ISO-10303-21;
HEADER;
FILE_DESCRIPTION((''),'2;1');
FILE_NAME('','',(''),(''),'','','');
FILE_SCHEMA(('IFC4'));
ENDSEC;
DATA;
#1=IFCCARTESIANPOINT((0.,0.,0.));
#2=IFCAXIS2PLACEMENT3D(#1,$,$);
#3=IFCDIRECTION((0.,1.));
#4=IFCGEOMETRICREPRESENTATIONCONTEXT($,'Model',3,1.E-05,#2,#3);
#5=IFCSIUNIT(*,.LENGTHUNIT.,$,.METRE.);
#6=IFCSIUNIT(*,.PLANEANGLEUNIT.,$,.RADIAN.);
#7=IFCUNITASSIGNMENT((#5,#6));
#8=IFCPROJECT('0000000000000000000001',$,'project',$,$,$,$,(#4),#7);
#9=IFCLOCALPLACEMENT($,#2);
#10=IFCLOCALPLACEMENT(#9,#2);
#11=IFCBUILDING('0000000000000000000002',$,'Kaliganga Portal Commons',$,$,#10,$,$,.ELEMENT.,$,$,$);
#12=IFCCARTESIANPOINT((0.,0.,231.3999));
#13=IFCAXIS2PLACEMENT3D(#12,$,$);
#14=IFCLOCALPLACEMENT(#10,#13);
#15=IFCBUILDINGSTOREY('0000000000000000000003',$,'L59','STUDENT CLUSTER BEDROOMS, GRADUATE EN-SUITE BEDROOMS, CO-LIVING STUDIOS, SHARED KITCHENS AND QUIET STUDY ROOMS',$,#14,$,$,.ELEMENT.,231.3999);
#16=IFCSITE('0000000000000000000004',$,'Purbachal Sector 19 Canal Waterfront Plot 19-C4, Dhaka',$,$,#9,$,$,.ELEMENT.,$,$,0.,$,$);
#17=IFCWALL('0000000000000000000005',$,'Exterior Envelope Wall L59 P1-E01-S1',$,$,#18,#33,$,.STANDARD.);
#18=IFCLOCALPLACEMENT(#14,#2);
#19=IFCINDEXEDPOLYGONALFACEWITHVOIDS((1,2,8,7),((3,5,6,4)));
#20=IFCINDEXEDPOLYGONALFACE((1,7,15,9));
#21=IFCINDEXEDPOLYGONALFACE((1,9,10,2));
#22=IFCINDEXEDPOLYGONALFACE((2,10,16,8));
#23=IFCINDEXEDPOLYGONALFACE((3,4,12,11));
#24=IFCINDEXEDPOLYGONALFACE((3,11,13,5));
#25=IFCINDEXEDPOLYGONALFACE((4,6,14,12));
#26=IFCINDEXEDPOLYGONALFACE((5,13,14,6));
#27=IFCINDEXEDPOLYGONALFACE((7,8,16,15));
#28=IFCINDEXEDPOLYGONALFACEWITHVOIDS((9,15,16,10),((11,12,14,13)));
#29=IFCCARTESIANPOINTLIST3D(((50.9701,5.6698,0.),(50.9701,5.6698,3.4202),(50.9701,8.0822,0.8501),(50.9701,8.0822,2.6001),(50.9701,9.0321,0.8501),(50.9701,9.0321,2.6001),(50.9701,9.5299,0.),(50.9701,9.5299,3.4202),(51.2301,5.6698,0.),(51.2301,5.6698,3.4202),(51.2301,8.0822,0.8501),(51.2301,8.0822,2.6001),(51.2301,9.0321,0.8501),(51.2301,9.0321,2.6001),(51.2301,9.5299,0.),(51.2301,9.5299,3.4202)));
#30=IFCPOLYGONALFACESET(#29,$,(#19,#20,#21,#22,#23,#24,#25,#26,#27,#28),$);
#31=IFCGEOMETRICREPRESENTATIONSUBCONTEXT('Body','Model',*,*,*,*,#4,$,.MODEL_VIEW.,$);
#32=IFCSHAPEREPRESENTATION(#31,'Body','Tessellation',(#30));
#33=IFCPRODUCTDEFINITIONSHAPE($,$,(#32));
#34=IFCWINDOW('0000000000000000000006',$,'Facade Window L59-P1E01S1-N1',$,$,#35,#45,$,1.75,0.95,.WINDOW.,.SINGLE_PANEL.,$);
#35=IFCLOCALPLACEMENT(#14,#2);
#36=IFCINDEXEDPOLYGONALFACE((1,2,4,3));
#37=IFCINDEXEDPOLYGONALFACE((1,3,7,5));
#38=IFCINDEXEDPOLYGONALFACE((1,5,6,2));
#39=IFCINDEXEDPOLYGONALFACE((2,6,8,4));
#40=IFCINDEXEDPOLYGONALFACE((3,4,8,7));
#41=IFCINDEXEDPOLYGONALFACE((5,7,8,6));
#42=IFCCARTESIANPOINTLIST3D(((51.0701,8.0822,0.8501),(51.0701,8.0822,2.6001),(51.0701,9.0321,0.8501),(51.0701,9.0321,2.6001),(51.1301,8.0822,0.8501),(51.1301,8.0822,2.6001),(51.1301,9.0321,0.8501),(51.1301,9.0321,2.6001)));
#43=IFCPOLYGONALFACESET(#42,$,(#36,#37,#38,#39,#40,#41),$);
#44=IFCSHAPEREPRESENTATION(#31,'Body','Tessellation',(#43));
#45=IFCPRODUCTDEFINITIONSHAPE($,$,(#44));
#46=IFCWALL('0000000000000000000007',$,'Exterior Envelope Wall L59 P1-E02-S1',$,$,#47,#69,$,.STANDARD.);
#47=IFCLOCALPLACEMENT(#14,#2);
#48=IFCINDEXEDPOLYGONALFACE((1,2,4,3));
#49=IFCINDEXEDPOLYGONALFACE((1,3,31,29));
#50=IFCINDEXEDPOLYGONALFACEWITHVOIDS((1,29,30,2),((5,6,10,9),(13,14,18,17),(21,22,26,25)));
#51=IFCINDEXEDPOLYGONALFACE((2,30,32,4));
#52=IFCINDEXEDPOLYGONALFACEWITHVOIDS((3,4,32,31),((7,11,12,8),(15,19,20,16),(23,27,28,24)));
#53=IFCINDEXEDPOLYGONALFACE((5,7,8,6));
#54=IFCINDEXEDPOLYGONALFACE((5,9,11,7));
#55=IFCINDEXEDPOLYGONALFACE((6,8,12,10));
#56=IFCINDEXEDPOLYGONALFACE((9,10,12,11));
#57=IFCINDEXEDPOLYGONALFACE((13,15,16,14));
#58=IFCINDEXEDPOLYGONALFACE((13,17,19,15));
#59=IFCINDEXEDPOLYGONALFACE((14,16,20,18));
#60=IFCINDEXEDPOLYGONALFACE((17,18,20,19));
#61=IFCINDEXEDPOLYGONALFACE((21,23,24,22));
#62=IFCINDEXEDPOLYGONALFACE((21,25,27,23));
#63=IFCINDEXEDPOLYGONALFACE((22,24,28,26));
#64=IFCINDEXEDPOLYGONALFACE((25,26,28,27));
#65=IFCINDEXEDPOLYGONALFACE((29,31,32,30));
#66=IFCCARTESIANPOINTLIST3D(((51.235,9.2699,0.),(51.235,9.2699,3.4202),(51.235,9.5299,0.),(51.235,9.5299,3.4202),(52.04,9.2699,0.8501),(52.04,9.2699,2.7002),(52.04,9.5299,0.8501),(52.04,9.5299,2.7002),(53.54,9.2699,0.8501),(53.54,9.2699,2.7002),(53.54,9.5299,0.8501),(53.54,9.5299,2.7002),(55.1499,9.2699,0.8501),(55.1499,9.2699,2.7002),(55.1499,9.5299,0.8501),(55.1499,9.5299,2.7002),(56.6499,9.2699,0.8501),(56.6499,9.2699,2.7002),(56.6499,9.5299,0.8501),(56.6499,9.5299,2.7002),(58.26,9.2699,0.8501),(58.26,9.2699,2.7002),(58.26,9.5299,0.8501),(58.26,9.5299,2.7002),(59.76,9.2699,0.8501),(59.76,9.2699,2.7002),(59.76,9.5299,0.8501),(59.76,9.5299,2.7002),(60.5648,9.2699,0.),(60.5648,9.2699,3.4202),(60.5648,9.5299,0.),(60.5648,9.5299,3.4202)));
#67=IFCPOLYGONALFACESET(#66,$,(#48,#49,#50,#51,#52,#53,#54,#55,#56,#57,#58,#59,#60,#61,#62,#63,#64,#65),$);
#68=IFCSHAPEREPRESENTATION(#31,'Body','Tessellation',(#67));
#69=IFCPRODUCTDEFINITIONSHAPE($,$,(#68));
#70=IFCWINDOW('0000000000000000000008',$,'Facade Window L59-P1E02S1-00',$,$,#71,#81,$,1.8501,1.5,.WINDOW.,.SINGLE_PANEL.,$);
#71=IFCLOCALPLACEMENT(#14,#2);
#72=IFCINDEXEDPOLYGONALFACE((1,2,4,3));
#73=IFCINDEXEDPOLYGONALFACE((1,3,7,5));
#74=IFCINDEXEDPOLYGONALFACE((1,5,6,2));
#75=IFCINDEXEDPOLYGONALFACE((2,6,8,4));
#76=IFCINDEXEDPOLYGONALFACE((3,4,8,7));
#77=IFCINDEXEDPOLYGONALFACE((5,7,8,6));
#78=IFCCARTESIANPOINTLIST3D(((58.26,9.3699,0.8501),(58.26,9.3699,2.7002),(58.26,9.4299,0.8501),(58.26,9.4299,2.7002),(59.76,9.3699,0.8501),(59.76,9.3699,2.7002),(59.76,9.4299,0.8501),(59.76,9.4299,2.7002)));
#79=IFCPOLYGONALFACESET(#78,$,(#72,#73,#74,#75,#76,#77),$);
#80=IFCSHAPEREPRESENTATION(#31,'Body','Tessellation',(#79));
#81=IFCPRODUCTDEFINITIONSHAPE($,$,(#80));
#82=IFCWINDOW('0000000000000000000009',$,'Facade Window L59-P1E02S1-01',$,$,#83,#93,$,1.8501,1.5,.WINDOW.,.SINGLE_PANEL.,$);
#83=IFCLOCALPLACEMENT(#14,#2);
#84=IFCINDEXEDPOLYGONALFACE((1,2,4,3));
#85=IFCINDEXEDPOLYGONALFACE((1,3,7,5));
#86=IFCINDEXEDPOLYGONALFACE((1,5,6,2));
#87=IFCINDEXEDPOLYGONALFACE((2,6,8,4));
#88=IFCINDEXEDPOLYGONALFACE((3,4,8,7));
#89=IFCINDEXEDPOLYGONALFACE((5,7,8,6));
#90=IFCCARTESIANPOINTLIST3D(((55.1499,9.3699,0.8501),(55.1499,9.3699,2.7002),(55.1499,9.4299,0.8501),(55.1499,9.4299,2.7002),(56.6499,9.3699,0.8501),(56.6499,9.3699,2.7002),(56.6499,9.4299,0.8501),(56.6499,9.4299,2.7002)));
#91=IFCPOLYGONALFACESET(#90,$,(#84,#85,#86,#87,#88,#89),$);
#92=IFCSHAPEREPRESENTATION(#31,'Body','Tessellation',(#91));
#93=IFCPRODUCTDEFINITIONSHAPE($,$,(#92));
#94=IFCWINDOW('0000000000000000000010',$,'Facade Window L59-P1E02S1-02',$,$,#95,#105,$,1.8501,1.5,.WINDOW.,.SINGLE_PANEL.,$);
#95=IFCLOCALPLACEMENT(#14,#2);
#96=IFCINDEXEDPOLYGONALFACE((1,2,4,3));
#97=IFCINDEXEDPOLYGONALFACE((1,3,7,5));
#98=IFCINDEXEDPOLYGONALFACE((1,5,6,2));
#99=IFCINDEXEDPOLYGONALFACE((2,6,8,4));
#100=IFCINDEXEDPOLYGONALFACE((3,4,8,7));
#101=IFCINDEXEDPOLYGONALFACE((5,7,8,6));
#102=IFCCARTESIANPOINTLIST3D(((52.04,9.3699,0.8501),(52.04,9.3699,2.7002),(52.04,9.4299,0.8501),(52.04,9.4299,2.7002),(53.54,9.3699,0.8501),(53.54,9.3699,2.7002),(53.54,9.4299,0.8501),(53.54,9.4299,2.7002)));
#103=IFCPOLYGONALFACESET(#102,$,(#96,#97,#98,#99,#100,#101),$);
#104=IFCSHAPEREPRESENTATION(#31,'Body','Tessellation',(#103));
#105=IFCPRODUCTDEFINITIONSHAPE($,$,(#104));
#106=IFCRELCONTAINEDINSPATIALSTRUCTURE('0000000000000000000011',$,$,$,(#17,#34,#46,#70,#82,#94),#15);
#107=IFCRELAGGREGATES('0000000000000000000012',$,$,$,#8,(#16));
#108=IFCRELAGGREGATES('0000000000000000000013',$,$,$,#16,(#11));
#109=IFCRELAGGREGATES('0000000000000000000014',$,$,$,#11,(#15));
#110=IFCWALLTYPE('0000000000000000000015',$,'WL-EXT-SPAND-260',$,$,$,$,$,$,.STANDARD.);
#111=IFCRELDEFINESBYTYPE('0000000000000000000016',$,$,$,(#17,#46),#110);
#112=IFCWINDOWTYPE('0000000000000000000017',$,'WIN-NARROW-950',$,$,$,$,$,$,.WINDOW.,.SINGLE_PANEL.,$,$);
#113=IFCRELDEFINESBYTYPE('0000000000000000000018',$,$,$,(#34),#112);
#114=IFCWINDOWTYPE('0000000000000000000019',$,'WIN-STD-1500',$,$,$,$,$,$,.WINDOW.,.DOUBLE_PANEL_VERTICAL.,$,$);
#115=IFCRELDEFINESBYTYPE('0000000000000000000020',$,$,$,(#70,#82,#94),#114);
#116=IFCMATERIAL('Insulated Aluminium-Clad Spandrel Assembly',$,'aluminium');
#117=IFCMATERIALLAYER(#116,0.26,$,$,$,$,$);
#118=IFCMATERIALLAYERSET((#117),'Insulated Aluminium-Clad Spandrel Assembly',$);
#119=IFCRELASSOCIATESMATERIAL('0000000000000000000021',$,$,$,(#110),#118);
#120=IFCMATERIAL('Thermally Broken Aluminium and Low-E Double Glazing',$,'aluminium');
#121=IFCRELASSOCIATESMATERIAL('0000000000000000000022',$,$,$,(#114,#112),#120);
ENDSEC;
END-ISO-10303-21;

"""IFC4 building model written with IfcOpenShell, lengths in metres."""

from ifc_helpers import new_model, si_unit, direction, frame, frame_2d, origin, place, context, subcontext, project, spatial, rectangle, extrude, material, layer, layer_set, type_object, element, fill, save


model = new_model("IFC4")

# Units and contexts
model_context = context("Model", 3, precision=1e-05, world=origin(), true_north=direction((0.0, 1.0)))
body_context = subcontext(model_context, "Body", "Model", "MODEL_VIEW")
ifc_project = project(units=[si_unit("LENGTHUNIT", "METRE"), si_unit("PLANEANGLEUNIT", "RADIAN")], contexts=[model_context])

# Site, building, storey
site_placement = place(None, origin())
site = spatial("IfcSite", under=ifc_project, at=site_placement, Name="Purbachal Sector 19 Canal Waterfront Plot 19-C4, Dhaka", CompositionType="ELEMENT", RefElevation=0.0)
building_placement = place(site_placement, origin())
building = spatial("IfcBuilding", under=site, at=building_placement, Name="Kaliganga Portal Commons", CompositionType="ELEMENT")
storey_placement = place(building_placement, frame((0.0, 0.0, 231.3999)))
storey = spatial("IfcBuildingStorey", under=building, at=storey_placement, Name="L59", Description="STUDENT CLUSTER BEDROOMS, GRADUATE EN-SUITE BEDROOMS, CO-LIVING STUDIOS, SHARED KITCHENS AND QUIET STUDY ROOMS", CompositionType="ELEMENT", Elevation=231.3999)

# Shared definitions
ifc_material_1 = material(Name="Insulated Aluminium-Clad Spandrel Assembly", Category="aluminium")
ifc_layer_1 = layer(ifc_material_1, 0.26)
ifc_layer_set_1 = layer_set([ifc_layer_1], Name="Insulated Aluminium-Clad Spandrel Assembly")
wall_type_1 = type_object("IfcWallType", Name="WL-EXT-SPAND-260", PredefinedType="STANDARD", material=ifc_layer_set_1)
ifc_material_2 = material(Name="Thermally Broken Aluminium and Low-E Double Glazing", Category="aluminium")
window_type_1 = type_object("IfcWindowType", Name="WIN-STD-1500", PartitioningType="DOUBLE_PANEL_VERTICAL", PredefinedType="WINDOW", material=ifc_material_2)

# Wall, opening, window
wall_1_placement = place(storey_placement, frame((51.1001, 9.53, 0.0), z_axis=(0.0, 0.0, 1.0), x_axis=(0.0, -1.0, 0.0)))
wall_1 = element("IfcWall", 1, at=wall_1_placement, inside=storey, type_object=wall_type_1, Name="Exterior Envelope Wall L59 P1-E01-S1", PredefinedType="STANDARD", context=body_context, shape_type="SweptSolid", body=[
    extrude(rectangle(XDim=3.8601, YDim=0.26, at=frame_2d((1.9302, 0.0))), origin(), (0.0, 0.0, 1.0), 3.4202),
])
opening_1_placement = place(wall_1_placement, frame((0.4978, 0.0, 0.8501)))
opening_1 = element("IfcOpeningElement", 2, at=opening_1_placement, cuts=wall_1, PredefinedType="OPENING", context=body_context, shape_type="SweptSolid", body=[
    extrude(rectangle(XDim=0.95, YDim=1.75, at=frame_2d((0.4751, 0.875))), frame((0.0, 0.1401, 0.0), z_axis=(0.0, -1.0, 0.0), x_axis=(1.0, 0.0, 0.0)), (0.0, 0.0, 1.0), 0.28),
])
window_type_2 = type_object("IfcWindowType", Name="WIN-NARROW-950", PartitioningType="SINGLE_PANEL", PredefinedType="WINDOW", material=ifc_material_2)
window_1_placement = place(opening_1_placement, origin())
window_1 = element("IfcWindow", 3, at=window_1_placement, inside=storey, type_object=window_type_2, Name="Facade Window L59-P1E01S1-N1", OverallHeight=1.75, OverallWidth=0.95, PartitioningType="SINGLE_PANEL", PredefinedType="WINDOW", context=body_context, shape_type="SweptSolid", body=[
    extrude(rectangle(XDim=0.95, YDim=1.75, at=frame_2d((0.4751, 0.875))), frame((0.0, 0.03, 0.0), z_axis=(0.0, -1.0, 0.0), x_axis=(1.0, 0.0, 0.0)), (0.0, 0.0, 1.0), 0.0601),
])
fill(opening_1, window_1)

# Wall, openings, windows
wall_2_placement = place(storey_placement, frame((60.5649, 9.3999, 0.0), z_axis=(0.0, 0.0, 1.0), x_axis=(-1.0, 0.0, 0.0)))
wall_2 = element("IfcWall", 4, at=wall_2_placement, inside=storey, type_object=wall_type_1, Name="Exterior Envelope Wall L59 P1-E02-S1", PredefinedType="STANDARD", context=body_context, shape_type="SweptSolid", body=[
    extrude(rectangle(XDim=9.3298, YDim=0.26, at=frame_2d((4.665, 0.0))), origin(), (0.0, 0.0, 1.0), 3.4202),
])
opening_2_placement = place(wall_2_placement, frame((0.8049, 0.0, 0.8501)))
opening_2 = element("IfcOpeningElement", 5, at=opening_2_placement, cuts=wall_2, PredefinedType="OPENING", context=body_context, shape_type="SweptSolid", body=[
    extrude(rectangle(XDim=1.5, YDim=1.8501, at=frame_2d((0.75, 0.925))), frame((0.0, 0.1401, 0.0), z_axis=(0.0, -1.0, 0.0), x_axis=(1.0, 0.0, 0.0)), (0.0, 0.0, 1.0), 0.28),
])
opening_3_placement = place(wall_2_placement, frame((3.915, 0.0, 0.8501)))
opening_3 = element("IfcOpeningElement", 6, at=opening_3_placement, cuts=wall_2, PredefinedType="OPENING", context=body_context, shape_type="SweptSolid", body=[
    extrude(rectangle(XDim=1.5, YDim=1.8501, at=frame_2d((0.75, 0.925))), frame((0.0, 0.1401, 0.0), z_axis=(0.0, -1.0, 0.0), x_axis=(1.0, 0.0, 0.0)), (0.0, 0.0, 1.0), 0.28),
])
opening_4_placement = place(wall_2_placement, frame((7.0249, 0.0, 0.8501)))
opening_4 = element("IfcOpeningElement", 7, at=opening_4_placement, cuts=wall_2, PredefinedType="OPENING", context=body_context, shape_type="SweptSolid", body=[
    extrude(rectangle(XDim=1.5, YDim=1.8501, at=frame_2d((0.75, 0.925))), frame((0.0, 0.1401, 0.0), z_axis=(0.0, -1.0, 0.0), x_axis=(1.0, 0.0, 0.0)), (0.0, 0.0, 1.0), 0.28),
])
window_2_placement = place(opening_2_placement, origin())
window_2 = element("IfcWindow", 8, at=window_2_placement, inside=storey, type_object=window_type_1, Name="Facade Window L59-P1E02S1-00", OverallHeight=1.8501, OverallWidth=1.5, PartitioningType="SINGLE_PANEL", PredefinedType="WINDOW", context=body_context, shape_type="SweptSolid", body=[
    extrude(rectangle(XDim=1.5, YDim=1.8501, at=frame_2d((0.75, 0.925))), frame((0.0, 0.03, 0.0), z_axis=(0.0, -1.0, 0.0), x_axis=(1.0, 0.0, 0.0)), (0.0, 0.0, 1.0), 0.0601),
])
fill(opening_2, window_2)
window_3_placement = place(opening_3_placement, origin())
window_3 = element("IfcWindow", 9, at=window_3_placement, inside=storey, type_object=window_type_1, Name="Facade Window L59-P1E02S1-01", OverallHeight=1.8501, OverallWidth=1.5, PartitioningType="SINGLE_PANEL", PredefinedType="WINDOW", context=body_context, shape_type="SweptSolid", body=[
    extrude(rectangle(XDim=1.5, YDim=1.8501, at=frame_2d((0.75, 0.925))), frame((0.0, 0.03, 0.0), z_axis=(0.0, -1.0, 0.0), x_axis=(1.0, 0.0, 0.0)), (0.0, 0.0, 1.0), 0.0601),
])
fill(opening_3, window_3)
window_4_placement = place(opening_4_placement, origin())
window_4 = element("IfcWindow", 10, at=window_4_placement, inside=storey, type_object=window_type_1, Name="Facade Window L59-P1E02S1-02", OverallHeight=1.8501, OverallWidth=1.5, PartitioningType="SINGLE_PANEL", PredefinedType="WINDOW", context=body_context, shape_type="SweptSolid", body=[
    extrude(rectangle(XDim=1.5, YDim=1.8501, at=frame_2d((0.75, 0.925))), frame((0.0, 0.03, 0.0), z_axis=(0.0, -1.0, 0.0), x_axis=(1.0, 0.0, 0.0)), (0.0, 0.0, 1.0), 0.0601),
])
fill(opening_4, window_4)

save(model, "model.ifc")
